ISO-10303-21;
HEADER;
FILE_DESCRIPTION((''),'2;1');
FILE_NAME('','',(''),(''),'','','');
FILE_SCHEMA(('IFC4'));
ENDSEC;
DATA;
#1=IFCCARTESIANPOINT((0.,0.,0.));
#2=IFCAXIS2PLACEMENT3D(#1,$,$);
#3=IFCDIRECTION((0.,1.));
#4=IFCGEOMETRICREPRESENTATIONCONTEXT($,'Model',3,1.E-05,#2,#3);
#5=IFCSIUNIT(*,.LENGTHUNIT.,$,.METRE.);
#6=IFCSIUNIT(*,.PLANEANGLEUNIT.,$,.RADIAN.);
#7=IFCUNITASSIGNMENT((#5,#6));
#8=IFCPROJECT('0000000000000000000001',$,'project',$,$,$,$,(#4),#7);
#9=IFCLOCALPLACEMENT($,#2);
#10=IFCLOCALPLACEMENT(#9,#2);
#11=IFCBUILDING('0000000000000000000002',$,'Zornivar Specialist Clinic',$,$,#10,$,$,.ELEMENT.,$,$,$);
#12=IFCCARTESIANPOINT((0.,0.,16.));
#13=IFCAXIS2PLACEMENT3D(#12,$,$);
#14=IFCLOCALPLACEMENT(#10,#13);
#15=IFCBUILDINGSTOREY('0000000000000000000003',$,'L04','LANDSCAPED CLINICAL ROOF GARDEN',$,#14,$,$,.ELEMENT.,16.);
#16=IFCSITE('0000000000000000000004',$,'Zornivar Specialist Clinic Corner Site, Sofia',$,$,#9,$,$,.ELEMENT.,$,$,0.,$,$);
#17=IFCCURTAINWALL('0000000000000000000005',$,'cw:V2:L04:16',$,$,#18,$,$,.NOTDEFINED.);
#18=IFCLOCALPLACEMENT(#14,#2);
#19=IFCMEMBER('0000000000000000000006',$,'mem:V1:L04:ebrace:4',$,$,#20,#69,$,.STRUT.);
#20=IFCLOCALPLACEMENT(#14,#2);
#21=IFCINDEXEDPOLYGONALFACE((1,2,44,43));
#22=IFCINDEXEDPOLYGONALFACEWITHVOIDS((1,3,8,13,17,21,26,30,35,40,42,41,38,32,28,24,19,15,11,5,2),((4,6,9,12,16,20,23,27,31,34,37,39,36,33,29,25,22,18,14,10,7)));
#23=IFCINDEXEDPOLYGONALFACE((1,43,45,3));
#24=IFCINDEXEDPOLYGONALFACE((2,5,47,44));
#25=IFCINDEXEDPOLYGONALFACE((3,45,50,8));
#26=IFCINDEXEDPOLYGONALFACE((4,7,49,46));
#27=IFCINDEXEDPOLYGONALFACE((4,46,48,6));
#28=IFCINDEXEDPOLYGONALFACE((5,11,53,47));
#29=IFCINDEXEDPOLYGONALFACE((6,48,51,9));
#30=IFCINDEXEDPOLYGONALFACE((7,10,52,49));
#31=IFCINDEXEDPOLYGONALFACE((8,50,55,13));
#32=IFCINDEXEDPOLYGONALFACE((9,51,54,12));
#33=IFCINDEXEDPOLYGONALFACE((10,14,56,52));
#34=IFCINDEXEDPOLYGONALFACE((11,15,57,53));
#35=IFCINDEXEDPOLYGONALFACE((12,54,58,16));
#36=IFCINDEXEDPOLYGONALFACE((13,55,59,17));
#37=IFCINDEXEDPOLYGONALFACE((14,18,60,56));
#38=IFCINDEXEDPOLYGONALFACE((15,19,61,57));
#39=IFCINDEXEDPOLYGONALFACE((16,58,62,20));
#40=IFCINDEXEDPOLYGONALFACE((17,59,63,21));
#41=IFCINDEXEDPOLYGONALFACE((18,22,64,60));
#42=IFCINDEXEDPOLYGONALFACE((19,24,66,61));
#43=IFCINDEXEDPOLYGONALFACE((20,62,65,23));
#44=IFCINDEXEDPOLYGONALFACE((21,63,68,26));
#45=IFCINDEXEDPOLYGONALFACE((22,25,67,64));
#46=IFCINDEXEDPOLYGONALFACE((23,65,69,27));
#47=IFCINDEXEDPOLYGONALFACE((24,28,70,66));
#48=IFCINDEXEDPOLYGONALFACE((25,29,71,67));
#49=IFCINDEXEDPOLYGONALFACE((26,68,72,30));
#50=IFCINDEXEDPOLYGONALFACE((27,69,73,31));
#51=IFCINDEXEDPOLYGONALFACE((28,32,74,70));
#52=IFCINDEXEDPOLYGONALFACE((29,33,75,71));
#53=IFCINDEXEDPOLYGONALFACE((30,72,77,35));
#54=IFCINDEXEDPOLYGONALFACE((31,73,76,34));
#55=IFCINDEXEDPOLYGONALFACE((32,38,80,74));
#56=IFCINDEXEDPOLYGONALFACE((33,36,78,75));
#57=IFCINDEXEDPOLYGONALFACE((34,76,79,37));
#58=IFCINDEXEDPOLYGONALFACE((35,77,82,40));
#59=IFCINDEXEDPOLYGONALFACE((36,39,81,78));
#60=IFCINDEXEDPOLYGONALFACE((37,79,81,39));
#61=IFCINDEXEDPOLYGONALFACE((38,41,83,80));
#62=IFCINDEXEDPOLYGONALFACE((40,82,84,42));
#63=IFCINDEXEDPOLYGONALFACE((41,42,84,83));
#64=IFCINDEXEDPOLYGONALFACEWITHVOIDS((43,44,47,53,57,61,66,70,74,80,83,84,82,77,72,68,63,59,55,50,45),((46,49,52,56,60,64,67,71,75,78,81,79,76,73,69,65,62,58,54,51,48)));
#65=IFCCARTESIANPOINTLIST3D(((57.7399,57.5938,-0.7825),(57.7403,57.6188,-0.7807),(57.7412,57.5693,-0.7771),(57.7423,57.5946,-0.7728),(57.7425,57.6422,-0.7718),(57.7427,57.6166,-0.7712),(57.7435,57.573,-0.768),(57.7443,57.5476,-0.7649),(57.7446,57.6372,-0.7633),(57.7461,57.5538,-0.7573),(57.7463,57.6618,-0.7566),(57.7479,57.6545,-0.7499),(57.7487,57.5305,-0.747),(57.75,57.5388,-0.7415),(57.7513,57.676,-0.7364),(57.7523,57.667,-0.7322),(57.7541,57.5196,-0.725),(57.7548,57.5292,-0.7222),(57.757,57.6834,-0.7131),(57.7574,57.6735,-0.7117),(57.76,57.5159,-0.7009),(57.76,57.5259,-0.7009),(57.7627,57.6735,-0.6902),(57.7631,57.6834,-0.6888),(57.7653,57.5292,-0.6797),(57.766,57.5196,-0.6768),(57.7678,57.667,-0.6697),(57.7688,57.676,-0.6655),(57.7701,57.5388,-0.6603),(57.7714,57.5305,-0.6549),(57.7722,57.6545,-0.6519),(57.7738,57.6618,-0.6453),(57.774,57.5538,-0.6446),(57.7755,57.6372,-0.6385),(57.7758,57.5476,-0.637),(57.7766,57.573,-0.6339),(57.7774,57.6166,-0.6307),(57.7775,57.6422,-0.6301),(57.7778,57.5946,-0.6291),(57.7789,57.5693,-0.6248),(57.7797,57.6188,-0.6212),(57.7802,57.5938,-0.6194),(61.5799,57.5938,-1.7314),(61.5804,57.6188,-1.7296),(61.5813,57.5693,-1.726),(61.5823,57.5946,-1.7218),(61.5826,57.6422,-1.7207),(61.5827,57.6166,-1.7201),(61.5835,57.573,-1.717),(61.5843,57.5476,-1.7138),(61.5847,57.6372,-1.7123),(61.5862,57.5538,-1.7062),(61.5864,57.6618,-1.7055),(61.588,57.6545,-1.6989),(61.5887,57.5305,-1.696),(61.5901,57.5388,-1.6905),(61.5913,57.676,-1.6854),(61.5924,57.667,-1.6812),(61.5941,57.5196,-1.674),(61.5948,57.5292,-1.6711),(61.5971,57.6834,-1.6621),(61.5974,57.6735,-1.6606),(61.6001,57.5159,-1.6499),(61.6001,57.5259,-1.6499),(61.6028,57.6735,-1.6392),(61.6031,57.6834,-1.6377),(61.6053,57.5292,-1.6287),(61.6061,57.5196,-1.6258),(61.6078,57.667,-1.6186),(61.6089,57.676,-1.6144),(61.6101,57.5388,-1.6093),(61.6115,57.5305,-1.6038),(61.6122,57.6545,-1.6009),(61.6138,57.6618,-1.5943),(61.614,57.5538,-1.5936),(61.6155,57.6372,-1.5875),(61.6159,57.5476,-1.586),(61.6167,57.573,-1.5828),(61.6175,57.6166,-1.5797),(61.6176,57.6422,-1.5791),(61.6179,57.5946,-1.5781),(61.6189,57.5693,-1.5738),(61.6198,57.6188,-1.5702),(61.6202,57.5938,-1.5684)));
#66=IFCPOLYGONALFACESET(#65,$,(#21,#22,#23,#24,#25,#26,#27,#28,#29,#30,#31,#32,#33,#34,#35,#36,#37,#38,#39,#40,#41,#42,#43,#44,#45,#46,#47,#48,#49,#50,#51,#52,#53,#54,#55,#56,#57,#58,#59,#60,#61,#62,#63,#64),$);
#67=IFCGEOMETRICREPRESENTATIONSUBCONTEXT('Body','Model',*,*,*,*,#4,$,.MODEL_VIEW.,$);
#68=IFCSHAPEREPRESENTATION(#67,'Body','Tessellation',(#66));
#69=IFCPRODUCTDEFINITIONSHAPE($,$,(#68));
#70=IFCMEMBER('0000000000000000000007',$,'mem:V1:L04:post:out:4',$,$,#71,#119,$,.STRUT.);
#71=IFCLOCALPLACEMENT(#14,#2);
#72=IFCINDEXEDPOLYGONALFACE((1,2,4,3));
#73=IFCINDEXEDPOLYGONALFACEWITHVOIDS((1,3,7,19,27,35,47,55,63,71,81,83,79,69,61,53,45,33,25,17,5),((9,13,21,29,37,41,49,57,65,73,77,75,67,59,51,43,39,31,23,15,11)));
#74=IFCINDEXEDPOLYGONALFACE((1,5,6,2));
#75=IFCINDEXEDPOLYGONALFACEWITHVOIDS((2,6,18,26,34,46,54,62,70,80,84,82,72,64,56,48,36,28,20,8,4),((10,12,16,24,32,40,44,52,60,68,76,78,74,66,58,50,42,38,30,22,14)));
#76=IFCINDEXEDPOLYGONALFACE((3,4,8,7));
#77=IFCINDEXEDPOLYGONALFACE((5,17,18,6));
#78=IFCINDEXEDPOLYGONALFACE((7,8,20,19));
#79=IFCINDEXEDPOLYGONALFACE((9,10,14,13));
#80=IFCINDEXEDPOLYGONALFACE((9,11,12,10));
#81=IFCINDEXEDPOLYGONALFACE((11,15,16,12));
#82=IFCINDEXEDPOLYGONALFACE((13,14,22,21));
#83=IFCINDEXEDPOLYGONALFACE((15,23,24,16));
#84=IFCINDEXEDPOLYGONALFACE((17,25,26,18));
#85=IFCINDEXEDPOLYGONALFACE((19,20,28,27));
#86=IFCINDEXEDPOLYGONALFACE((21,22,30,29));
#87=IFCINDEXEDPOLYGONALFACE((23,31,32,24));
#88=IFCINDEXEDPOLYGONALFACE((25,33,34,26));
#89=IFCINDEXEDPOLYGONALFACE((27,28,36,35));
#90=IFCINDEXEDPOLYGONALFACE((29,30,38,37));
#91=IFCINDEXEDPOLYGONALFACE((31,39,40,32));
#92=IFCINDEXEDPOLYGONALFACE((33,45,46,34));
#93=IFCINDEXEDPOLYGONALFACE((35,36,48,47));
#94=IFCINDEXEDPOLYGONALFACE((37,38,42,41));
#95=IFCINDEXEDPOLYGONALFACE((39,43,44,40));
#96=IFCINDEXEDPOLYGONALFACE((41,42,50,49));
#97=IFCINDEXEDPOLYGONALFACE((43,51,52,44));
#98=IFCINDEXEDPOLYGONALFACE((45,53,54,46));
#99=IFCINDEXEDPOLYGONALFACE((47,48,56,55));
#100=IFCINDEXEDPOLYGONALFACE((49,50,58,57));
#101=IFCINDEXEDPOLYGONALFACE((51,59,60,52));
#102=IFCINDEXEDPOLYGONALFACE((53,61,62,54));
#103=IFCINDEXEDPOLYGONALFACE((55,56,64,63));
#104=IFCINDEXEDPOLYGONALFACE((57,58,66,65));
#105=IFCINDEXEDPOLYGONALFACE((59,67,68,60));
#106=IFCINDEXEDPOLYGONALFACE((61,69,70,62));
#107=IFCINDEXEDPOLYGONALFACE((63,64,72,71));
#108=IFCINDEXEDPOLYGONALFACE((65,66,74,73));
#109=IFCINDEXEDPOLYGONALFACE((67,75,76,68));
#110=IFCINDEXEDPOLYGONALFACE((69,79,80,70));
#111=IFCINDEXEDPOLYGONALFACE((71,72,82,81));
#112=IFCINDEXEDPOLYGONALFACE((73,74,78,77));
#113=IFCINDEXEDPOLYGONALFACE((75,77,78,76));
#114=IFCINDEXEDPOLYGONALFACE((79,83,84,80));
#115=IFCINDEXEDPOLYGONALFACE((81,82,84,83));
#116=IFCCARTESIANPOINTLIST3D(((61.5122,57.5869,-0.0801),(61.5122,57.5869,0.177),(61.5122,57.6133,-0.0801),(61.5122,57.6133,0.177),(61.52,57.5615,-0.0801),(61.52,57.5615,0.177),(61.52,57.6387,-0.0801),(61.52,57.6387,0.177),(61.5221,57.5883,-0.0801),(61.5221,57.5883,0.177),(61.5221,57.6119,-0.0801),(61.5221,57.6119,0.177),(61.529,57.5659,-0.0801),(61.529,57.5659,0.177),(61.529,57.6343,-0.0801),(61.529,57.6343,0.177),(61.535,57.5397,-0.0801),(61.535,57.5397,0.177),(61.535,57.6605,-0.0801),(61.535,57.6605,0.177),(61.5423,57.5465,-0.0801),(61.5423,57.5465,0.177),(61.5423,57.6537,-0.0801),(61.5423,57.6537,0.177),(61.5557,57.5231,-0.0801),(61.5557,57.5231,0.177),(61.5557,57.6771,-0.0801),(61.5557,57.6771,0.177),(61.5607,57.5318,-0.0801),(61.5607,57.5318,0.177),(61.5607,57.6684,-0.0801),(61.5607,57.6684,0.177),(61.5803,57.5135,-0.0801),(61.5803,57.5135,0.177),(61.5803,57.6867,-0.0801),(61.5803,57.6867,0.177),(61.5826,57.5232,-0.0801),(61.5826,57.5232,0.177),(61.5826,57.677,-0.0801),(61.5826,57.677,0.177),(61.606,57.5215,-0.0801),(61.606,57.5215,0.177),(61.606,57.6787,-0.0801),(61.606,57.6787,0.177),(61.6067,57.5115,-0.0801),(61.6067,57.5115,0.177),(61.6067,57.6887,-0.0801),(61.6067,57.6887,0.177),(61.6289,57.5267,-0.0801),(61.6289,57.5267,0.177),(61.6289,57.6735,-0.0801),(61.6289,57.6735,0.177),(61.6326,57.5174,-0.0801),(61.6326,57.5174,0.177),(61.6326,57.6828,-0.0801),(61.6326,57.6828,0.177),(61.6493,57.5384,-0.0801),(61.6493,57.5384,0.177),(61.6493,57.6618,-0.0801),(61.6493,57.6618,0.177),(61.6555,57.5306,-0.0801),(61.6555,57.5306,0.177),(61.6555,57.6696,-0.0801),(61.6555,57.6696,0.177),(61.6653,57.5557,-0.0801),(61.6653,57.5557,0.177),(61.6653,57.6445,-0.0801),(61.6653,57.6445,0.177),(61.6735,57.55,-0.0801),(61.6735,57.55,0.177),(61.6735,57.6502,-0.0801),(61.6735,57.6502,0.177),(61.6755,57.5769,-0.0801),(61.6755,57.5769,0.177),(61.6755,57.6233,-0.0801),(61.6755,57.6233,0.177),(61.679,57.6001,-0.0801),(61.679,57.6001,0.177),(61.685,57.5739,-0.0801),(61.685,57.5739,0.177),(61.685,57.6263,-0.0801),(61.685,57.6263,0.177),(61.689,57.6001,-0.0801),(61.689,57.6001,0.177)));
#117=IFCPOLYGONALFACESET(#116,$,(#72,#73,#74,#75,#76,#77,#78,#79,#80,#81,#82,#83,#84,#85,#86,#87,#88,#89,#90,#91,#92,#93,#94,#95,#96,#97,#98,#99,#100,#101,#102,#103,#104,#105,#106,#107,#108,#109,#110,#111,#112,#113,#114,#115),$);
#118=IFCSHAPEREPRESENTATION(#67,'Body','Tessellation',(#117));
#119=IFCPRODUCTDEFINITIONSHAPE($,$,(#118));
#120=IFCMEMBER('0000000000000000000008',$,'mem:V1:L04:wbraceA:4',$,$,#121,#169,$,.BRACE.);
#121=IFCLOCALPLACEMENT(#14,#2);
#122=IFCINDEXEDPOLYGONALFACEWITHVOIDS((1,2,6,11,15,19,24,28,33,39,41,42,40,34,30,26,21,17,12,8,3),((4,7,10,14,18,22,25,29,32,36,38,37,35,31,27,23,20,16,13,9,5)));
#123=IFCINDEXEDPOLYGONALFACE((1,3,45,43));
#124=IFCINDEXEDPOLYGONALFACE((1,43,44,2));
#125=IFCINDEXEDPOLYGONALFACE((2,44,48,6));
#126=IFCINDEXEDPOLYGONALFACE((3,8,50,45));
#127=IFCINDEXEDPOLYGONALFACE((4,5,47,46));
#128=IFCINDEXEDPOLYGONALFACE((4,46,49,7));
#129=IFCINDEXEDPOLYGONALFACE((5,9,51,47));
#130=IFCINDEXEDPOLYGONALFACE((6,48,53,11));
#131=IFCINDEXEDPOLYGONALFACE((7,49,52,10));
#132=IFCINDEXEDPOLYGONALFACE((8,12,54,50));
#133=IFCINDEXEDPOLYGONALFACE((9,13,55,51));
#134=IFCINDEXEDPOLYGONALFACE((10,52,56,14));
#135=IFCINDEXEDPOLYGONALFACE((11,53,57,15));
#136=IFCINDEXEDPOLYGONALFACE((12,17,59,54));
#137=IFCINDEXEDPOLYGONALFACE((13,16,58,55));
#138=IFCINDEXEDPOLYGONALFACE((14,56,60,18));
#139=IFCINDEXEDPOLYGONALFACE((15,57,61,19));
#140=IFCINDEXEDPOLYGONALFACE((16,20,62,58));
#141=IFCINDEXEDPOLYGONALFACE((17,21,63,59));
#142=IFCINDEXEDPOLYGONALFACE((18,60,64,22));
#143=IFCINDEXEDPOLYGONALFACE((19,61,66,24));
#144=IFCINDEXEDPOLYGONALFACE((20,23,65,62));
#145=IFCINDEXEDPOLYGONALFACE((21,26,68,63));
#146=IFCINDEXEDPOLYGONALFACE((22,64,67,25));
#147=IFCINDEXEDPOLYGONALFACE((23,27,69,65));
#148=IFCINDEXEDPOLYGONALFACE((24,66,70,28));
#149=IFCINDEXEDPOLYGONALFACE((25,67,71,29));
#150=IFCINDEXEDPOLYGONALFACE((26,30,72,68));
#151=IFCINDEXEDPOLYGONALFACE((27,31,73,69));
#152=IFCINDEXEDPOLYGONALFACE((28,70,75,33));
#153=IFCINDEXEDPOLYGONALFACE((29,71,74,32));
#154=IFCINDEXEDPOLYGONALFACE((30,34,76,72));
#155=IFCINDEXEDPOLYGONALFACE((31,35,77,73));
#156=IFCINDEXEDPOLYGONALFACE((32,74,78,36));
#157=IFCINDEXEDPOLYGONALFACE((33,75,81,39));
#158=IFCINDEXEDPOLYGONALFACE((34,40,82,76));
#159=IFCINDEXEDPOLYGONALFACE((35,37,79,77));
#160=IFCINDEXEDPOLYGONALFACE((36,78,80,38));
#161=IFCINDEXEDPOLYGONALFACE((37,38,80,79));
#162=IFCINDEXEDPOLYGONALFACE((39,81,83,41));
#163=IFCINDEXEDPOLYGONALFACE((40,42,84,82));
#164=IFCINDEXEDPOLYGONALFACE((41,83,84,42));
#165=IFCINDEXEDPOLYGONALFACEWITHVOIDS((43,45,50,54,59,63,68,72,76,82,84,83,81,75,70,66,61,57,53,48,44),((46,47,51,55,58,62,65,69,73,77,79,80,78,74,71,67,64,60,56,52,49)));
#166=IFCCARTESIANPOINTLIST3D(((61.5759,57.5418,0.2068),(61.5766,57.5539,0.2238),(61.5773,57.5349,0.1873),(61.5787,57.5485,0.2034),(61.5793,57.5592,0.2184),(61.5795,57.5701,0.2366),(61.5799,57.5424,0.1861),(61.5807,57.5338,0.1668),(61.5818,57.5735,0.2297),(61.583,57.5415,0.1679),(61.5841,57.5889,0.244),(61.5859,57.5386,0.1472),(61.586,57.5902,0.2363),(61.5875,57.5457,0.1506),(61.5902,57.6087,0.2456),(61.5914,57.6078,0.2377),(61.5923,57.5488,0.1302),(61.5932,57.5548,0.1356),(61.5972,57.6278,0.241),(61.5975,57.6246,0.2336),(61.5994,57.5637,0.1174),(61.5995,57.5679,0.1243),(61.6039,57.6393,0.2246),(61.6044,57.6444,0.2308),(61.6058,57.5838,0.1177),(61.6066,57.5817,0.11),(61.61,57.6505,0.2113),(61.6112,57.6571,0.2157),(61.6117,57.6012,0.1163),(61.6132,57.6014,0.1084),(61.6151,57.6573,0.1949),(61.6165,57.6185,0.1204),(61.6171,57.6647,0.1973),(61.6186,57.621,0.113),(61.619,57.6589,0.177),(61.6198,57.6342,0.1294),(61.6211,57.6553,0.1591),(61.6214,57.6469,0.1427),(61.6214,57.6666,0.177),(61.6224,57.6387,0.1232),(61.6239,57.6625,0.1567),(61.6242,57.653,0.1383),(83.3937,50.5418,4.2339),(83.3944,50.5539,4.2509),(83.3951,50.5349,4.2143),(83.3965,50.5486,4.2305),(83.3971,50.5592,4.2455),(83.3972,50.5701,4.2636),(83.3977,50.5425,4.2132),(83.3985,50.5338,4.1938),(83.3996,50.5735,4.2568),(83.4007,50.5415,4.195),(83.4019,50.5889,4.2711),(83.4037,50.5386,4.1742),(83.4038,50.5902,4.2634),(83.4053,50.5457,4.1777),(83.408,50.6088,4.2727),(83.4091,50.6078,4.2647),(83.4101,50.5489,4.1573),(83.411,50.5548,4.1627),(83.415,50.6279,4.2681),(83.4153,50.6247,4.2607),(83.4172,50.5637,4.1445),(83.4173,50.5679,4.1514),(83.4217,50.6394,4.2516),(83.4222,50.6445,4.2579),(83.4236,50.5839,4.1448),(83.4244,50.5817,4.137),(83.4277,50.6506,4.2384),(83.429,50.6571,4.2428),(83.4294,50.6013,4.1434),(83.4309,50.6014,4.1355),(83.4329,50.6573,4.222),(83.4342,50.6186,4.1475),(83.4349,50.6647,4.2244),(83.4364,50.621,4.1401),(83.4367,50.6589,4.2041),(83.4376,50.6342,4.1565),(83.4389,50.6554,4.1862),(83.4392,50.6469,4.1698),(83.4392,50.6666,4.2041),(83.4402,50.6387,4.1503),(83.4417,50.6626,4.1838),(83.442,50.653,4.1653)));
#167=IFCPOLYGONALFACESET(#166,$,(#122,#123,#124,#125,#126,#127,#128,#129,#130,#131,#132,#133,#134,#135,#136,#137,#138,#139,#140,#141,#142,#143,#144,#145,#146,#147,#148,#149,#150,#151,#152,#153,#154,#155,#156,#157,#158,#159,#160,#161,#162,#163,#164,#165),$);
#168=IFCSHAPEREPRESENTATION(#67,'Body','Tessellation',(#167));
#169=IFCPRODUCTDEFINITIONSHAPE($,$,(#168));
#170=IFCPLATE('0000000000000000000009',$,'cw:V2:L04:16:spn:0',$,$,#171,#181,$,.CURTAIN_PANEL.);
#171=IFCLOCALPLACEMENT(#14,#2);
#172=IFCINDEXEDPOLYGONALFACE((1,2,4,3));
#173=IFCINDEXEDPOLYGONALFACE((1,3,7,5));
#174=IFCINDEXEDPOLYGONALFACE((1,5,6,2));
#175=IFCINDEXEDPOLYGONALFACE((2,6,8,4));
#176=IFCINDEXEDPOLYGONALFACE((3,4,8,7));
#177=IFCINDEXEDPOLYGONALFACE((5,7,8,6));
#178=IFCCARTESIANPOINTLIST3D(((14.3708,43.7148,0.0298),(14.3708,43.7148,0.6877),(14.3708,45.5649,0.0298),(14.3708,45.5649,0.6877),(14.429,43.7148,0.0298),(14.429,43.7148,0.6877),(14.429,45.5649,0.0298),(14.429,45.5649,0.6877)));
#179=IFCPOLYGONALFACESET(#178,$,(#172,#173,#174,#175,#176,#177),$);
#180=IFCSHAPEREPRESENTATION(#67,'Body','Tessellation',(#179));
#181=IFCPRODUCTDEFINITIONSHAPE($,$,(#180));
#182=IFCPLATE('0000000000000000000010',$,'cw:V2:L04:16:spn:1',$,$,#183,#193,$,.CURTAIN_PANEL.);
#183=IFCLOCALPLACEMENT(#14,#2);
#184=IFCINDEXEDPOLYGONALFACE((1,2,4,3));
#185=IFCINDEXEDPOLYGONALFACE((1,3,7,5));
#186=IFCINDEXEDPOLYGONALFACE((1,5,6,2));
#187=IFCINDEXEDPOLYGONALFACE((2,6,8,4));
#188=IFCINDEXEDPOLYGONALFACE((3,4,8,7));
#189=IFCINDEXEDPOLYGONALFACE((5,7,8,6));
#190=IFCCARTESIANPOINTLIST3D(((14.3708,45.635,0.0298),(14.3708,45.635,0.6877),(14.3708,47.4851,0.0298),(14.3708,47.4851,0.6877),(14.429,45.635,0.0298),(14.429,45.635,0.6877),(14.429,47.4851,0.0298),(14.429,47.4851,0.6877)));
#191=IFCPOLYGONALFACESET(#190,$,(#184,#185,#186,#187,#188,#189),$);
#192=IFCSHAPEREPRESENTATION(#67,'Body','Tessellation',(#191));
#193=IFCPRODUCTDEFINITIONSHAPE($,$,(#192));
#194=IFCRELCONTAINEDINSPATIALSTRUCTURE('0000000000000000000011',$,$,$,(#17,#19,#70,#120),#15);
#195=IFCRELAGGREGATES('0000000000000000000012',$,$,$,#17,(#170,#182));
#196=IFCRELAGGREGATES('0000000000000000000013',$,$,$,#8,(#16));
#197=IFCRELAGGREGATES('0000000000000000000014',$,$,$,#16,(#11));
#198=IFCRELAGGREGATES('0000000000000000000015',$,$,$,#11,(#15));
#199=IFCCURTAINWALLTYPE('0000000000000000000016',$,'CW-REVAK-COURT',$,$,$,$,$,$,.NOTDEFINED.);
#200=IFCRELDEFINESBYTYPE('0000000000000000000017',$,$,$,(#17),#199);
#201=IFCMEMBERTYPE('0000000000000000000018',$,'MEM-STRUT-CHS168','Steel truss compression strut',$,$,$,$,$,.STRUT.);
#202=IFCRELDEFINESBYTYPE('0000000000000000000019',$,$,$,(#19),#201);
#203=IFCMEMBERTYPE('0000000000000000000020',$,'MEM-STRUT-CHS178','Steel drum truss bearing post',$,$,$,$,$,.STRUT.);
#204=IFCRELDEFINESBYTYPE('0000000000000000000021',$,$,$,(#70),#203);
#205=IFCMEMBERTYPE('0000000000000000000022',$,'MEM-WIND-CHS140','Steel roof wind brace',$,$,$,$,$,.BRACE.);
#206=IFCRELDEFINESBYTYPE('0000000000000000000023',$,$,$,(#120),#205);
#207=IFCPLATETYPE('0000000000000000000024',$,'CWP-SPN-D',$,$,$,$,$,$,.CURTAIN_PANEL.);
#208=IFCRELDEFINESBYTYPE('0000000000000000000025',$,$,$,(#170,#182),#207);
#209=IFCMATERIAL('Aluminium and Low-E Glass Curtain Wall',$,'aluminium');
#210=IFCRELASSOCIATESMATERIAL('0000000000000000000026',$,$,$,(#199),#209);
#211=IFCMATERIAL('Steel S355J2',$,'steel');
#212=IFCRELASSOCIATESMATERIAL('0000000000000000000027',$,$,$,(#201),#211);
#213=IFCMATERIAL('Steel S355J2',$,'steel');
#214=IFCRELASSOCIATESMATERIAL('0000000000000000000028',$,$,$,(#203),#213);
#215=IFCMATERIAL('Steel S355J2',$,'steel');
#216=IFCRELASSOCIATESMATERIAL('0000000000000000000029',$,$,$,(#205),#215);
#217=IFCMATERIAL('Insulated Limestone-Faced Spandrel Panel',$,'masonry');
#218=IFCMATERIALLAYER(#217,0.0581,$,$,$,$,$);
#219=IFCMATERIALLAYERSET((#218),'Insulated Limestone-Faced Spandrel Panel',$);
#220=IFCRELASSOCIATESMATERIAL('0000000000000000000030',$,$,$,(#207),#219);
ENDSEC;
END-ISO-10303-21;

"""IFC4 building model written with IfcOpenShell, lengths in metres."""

from ifc_helpers import new_model, si_unit, direction, frame, origin, origin_2d, place, context, subcontext, project, spatial, rectangle, hollow_circle, extrude, material, layer, layer_set, material_profile, profile_set, type_object, element, aggregate, save


model = new_model("IFC4")

# Units and contexts
model_context = context("Model", 3, precision=1e-05, world=origin(), true_north=direction((0.0, 1.0)))
body_context = subcontext(model_context, "Body", "Model", "MODEL_VIEW")
ifc_project = project(units=[si_unit("LENGTHUNIT", "METRE"), si_unit("PLANEANGLEUNIT", "RADIAN")], contexts=[model_context])

# Site, building, storey
site_placement = place(None, origin())
site = spatial("IfcSite", under=ifc_project, at=site_placement, Name="Zornivar Specialist Clinic Corner Site, Sofia", CompositionType="ELEMENT", RefElevation=0.0)
building_placement = place(site_placement, origin())
building = spatial("IfcBuilding", under=site, at=building_placement, Name="Zornivar Specialist Clinic", CompositionType="ELEMENT")
storey_placement = place(building_placement, frame((0.0, 0.0, 16.0)))
storey = spatial("IfcBuildingStorey", under=building, at=storey_placement, Name="L04", Description="LANDSCAPED CLINICAL ROOF GARDEN", CompositionType="ELEMENT", Elevation=16.0)

# Curtain wall
ifc_material_1 = material(Name="Aluminium and Low-E Glass Curtain Wall", Category="aluminium")
curtain_wall_type = type_object("IfcCurtainWallType", Name="CW-REVAK-COURT", PredefinedType="NOTDEFINED", material=ifc_material_1)
curtain_wall_placement = place(storey_placement, origin())
curtain_wall = element("IfcCurtainWall", 1, at=curtain_wall_placement, inside=storey, type_object=curtain_wall_type, Name="cw:V2:L04:16", PredefinedType="NOTDEFINED")

# Members
ifc_material_2 = material(Name="Steel S355J2", Category="steel")
ifc_material_profile_1 = material_profile(ifc_material_2, hollow_circle(Radius=0.0842, WallThickness=0.01, at=origin_2d()), Name="CHS 168.3x10")
ifc_profile_set_1 = profile_set([ifc_material_profile_1], Name="Steel S355J2")
member_type_1 = type_object("IfcMemberType", Name="MEM-STRUT-CHS168", Description="Steel truss compression strut", PredefinedType="STRUT", material=ifc_profile_set_1)
member_1_placement = place(storey_placement, frame((61.6001, 57.6001, -1.6499), z_axis=(-0.970796, 0.0, 0.239906), x_axis=(0.0, -1.0, 0.0)))
element("IfcMember", 2, at=member_1_placement, inside=storey, type_object=member_type_1, Name="mem:V1:L04:ebrace:4", PredefinedType="STRUT", context=body_context, shape_type="SweptSolid", body=[
    extrude(hollow_circle(Radius=0.0842, WallThickness=0.01, at=origin_2d()), origin(), (0.0, 0.0, 1.0), 3.9556),
])
ifc_material_3 = material(Name="Steel S355J2", Category="steel")
ifc_material_profile_2 = material_profile(ifc_material_3, hollow_circle(Radius=0.0889, WallThickness=0.01, at=origin_2d()), Name="CHS 177.8x10")
ifc_profile_set_2 = profile_set([ifc_material_profile_2], Name="Steel S355J2")
member_type_2 = type_object("IfcMemberType", Name="MEM-STRUT-CHS178", Description="Steel drum truss bearing post", PredefinedType="STRUT", material=ifc_profile_set_2)
member_2_placement = place(storey_placement, frame((61.6001, 57.6001, -0.0801), z_axis=(0.0, 0.0, 1.0), x_axis=(1.0, 0.0, 0.0)))
element("IfcMember", 3, at=member_2_placement, inside=storey, type_object=member_type_2, Name="mem:V1:L04:post:out:4", PredefinedType="STRUT", context=body_context, shape_type="SweptSolid", body=[
    extrude(hollow_circle(Radius=0.0889, WallThickness=0.01, at=origin_2d()), origin(), (0.0, 0.0, 1.0), 0.2571),
])
ifc_material_4 = material(Name="Steel S355J2", Category="steel")
ifc_material_profile_3 = material_profile(ifc_material_4, hollow_circle(Radius=0.0698, WallThickness=0.0081, at=origin_2d()), Name="CHS 139.7x8")
ifc_profile_set_3 = profile_set([ifc_material_profile_3], Name="Steel S355J2")
member_type_3 = type_object("IfcMemberType", Name="MEM-WIND-CHS140", Description="Steel roof wind brace", PredefinedType="BRACE", material=ifc_profile_set_3)
member_3_placement = place(storey_placement, frame((61.6001, 57.6001, 0.177), z_axis=(0.937818, -0.300888, 0.173101), x_axis=(0.305499, 0.952192, 0.0)))
element("IfcMember", 4, at=member_3_placement, inside=storey, type_object=member_type_3, Name="mem:V1:L04:wbraceA:4", PredefinedType="BRACE", context=body_context, shape_type="SweptSolid", body=[
    extrude(hollow_circle(Radius=0.0698, WallThickness=0.0081, at=origin_2d()), origin(), (0.0, 0.0, 1.0), 23.2644),
])

# Plates
ifc_material_5 = material(Name="Insulated Limestone-Faced Spandrel Panel", Category="masonry")
ifc_layer_1 = layer(ifc_material_5, 0.0581)
ifc_layer_set_1 = layer_set([ifc_layer_1], Name="Insulated Limestone-Faced Spandrel Panel")
plate_type_1 = type_object("IfcPlateType", Name="CWP-SPN-D", PredefinedType="CURTAIN_PANEL", material=ifc_layer_set_1)
plate_1_placement = place(storey_placement, frame((14.3999, 44.6399, 0.0298), z_axis=(0.0, 0.0, 1.0), x_axis=(0.0, 1.0, 0.0)))
plate_1 = element("IfcPlate", 5, at=plate_1_placement, type_object=plate_type_1, Name="cw:V2:L04:16:spn:0", PredefinedType="CURTAIN_PANEL", context=body_context, shape_type="SweptSolid", body=[
    extrude(rectangle(XDim=1.8501, YDim=0.0581, at=origin_2d()), origin(), (0.0, 0.0, 1.0), 0.658),
])
plate_2_placement = place(storey_placement, frame((14.3999, 46.5601, 0.0298), z_axis=(0.0, 0.0, 1.0), x_axis=(0.0, 1.0, 0.0)))
plate_2 = element("IfcPlate", 6, at=plate_2_placement, type_object=plate_type_1, Name="cw:V2:L04:16:spn:1", PredefinedType="CURTAIN_PANEL", context=body_context, shape_type="SweptSolid", body=[
    extrude(rectangle(XDim=1.8501, YDim=0.0581, at=origin_2d()), origin(), (0.0, 0.0, 1.0), 0.658),
])
aggregate(curtain_wall, [plate_1, plate_2])

save(model, "model.ifc")
